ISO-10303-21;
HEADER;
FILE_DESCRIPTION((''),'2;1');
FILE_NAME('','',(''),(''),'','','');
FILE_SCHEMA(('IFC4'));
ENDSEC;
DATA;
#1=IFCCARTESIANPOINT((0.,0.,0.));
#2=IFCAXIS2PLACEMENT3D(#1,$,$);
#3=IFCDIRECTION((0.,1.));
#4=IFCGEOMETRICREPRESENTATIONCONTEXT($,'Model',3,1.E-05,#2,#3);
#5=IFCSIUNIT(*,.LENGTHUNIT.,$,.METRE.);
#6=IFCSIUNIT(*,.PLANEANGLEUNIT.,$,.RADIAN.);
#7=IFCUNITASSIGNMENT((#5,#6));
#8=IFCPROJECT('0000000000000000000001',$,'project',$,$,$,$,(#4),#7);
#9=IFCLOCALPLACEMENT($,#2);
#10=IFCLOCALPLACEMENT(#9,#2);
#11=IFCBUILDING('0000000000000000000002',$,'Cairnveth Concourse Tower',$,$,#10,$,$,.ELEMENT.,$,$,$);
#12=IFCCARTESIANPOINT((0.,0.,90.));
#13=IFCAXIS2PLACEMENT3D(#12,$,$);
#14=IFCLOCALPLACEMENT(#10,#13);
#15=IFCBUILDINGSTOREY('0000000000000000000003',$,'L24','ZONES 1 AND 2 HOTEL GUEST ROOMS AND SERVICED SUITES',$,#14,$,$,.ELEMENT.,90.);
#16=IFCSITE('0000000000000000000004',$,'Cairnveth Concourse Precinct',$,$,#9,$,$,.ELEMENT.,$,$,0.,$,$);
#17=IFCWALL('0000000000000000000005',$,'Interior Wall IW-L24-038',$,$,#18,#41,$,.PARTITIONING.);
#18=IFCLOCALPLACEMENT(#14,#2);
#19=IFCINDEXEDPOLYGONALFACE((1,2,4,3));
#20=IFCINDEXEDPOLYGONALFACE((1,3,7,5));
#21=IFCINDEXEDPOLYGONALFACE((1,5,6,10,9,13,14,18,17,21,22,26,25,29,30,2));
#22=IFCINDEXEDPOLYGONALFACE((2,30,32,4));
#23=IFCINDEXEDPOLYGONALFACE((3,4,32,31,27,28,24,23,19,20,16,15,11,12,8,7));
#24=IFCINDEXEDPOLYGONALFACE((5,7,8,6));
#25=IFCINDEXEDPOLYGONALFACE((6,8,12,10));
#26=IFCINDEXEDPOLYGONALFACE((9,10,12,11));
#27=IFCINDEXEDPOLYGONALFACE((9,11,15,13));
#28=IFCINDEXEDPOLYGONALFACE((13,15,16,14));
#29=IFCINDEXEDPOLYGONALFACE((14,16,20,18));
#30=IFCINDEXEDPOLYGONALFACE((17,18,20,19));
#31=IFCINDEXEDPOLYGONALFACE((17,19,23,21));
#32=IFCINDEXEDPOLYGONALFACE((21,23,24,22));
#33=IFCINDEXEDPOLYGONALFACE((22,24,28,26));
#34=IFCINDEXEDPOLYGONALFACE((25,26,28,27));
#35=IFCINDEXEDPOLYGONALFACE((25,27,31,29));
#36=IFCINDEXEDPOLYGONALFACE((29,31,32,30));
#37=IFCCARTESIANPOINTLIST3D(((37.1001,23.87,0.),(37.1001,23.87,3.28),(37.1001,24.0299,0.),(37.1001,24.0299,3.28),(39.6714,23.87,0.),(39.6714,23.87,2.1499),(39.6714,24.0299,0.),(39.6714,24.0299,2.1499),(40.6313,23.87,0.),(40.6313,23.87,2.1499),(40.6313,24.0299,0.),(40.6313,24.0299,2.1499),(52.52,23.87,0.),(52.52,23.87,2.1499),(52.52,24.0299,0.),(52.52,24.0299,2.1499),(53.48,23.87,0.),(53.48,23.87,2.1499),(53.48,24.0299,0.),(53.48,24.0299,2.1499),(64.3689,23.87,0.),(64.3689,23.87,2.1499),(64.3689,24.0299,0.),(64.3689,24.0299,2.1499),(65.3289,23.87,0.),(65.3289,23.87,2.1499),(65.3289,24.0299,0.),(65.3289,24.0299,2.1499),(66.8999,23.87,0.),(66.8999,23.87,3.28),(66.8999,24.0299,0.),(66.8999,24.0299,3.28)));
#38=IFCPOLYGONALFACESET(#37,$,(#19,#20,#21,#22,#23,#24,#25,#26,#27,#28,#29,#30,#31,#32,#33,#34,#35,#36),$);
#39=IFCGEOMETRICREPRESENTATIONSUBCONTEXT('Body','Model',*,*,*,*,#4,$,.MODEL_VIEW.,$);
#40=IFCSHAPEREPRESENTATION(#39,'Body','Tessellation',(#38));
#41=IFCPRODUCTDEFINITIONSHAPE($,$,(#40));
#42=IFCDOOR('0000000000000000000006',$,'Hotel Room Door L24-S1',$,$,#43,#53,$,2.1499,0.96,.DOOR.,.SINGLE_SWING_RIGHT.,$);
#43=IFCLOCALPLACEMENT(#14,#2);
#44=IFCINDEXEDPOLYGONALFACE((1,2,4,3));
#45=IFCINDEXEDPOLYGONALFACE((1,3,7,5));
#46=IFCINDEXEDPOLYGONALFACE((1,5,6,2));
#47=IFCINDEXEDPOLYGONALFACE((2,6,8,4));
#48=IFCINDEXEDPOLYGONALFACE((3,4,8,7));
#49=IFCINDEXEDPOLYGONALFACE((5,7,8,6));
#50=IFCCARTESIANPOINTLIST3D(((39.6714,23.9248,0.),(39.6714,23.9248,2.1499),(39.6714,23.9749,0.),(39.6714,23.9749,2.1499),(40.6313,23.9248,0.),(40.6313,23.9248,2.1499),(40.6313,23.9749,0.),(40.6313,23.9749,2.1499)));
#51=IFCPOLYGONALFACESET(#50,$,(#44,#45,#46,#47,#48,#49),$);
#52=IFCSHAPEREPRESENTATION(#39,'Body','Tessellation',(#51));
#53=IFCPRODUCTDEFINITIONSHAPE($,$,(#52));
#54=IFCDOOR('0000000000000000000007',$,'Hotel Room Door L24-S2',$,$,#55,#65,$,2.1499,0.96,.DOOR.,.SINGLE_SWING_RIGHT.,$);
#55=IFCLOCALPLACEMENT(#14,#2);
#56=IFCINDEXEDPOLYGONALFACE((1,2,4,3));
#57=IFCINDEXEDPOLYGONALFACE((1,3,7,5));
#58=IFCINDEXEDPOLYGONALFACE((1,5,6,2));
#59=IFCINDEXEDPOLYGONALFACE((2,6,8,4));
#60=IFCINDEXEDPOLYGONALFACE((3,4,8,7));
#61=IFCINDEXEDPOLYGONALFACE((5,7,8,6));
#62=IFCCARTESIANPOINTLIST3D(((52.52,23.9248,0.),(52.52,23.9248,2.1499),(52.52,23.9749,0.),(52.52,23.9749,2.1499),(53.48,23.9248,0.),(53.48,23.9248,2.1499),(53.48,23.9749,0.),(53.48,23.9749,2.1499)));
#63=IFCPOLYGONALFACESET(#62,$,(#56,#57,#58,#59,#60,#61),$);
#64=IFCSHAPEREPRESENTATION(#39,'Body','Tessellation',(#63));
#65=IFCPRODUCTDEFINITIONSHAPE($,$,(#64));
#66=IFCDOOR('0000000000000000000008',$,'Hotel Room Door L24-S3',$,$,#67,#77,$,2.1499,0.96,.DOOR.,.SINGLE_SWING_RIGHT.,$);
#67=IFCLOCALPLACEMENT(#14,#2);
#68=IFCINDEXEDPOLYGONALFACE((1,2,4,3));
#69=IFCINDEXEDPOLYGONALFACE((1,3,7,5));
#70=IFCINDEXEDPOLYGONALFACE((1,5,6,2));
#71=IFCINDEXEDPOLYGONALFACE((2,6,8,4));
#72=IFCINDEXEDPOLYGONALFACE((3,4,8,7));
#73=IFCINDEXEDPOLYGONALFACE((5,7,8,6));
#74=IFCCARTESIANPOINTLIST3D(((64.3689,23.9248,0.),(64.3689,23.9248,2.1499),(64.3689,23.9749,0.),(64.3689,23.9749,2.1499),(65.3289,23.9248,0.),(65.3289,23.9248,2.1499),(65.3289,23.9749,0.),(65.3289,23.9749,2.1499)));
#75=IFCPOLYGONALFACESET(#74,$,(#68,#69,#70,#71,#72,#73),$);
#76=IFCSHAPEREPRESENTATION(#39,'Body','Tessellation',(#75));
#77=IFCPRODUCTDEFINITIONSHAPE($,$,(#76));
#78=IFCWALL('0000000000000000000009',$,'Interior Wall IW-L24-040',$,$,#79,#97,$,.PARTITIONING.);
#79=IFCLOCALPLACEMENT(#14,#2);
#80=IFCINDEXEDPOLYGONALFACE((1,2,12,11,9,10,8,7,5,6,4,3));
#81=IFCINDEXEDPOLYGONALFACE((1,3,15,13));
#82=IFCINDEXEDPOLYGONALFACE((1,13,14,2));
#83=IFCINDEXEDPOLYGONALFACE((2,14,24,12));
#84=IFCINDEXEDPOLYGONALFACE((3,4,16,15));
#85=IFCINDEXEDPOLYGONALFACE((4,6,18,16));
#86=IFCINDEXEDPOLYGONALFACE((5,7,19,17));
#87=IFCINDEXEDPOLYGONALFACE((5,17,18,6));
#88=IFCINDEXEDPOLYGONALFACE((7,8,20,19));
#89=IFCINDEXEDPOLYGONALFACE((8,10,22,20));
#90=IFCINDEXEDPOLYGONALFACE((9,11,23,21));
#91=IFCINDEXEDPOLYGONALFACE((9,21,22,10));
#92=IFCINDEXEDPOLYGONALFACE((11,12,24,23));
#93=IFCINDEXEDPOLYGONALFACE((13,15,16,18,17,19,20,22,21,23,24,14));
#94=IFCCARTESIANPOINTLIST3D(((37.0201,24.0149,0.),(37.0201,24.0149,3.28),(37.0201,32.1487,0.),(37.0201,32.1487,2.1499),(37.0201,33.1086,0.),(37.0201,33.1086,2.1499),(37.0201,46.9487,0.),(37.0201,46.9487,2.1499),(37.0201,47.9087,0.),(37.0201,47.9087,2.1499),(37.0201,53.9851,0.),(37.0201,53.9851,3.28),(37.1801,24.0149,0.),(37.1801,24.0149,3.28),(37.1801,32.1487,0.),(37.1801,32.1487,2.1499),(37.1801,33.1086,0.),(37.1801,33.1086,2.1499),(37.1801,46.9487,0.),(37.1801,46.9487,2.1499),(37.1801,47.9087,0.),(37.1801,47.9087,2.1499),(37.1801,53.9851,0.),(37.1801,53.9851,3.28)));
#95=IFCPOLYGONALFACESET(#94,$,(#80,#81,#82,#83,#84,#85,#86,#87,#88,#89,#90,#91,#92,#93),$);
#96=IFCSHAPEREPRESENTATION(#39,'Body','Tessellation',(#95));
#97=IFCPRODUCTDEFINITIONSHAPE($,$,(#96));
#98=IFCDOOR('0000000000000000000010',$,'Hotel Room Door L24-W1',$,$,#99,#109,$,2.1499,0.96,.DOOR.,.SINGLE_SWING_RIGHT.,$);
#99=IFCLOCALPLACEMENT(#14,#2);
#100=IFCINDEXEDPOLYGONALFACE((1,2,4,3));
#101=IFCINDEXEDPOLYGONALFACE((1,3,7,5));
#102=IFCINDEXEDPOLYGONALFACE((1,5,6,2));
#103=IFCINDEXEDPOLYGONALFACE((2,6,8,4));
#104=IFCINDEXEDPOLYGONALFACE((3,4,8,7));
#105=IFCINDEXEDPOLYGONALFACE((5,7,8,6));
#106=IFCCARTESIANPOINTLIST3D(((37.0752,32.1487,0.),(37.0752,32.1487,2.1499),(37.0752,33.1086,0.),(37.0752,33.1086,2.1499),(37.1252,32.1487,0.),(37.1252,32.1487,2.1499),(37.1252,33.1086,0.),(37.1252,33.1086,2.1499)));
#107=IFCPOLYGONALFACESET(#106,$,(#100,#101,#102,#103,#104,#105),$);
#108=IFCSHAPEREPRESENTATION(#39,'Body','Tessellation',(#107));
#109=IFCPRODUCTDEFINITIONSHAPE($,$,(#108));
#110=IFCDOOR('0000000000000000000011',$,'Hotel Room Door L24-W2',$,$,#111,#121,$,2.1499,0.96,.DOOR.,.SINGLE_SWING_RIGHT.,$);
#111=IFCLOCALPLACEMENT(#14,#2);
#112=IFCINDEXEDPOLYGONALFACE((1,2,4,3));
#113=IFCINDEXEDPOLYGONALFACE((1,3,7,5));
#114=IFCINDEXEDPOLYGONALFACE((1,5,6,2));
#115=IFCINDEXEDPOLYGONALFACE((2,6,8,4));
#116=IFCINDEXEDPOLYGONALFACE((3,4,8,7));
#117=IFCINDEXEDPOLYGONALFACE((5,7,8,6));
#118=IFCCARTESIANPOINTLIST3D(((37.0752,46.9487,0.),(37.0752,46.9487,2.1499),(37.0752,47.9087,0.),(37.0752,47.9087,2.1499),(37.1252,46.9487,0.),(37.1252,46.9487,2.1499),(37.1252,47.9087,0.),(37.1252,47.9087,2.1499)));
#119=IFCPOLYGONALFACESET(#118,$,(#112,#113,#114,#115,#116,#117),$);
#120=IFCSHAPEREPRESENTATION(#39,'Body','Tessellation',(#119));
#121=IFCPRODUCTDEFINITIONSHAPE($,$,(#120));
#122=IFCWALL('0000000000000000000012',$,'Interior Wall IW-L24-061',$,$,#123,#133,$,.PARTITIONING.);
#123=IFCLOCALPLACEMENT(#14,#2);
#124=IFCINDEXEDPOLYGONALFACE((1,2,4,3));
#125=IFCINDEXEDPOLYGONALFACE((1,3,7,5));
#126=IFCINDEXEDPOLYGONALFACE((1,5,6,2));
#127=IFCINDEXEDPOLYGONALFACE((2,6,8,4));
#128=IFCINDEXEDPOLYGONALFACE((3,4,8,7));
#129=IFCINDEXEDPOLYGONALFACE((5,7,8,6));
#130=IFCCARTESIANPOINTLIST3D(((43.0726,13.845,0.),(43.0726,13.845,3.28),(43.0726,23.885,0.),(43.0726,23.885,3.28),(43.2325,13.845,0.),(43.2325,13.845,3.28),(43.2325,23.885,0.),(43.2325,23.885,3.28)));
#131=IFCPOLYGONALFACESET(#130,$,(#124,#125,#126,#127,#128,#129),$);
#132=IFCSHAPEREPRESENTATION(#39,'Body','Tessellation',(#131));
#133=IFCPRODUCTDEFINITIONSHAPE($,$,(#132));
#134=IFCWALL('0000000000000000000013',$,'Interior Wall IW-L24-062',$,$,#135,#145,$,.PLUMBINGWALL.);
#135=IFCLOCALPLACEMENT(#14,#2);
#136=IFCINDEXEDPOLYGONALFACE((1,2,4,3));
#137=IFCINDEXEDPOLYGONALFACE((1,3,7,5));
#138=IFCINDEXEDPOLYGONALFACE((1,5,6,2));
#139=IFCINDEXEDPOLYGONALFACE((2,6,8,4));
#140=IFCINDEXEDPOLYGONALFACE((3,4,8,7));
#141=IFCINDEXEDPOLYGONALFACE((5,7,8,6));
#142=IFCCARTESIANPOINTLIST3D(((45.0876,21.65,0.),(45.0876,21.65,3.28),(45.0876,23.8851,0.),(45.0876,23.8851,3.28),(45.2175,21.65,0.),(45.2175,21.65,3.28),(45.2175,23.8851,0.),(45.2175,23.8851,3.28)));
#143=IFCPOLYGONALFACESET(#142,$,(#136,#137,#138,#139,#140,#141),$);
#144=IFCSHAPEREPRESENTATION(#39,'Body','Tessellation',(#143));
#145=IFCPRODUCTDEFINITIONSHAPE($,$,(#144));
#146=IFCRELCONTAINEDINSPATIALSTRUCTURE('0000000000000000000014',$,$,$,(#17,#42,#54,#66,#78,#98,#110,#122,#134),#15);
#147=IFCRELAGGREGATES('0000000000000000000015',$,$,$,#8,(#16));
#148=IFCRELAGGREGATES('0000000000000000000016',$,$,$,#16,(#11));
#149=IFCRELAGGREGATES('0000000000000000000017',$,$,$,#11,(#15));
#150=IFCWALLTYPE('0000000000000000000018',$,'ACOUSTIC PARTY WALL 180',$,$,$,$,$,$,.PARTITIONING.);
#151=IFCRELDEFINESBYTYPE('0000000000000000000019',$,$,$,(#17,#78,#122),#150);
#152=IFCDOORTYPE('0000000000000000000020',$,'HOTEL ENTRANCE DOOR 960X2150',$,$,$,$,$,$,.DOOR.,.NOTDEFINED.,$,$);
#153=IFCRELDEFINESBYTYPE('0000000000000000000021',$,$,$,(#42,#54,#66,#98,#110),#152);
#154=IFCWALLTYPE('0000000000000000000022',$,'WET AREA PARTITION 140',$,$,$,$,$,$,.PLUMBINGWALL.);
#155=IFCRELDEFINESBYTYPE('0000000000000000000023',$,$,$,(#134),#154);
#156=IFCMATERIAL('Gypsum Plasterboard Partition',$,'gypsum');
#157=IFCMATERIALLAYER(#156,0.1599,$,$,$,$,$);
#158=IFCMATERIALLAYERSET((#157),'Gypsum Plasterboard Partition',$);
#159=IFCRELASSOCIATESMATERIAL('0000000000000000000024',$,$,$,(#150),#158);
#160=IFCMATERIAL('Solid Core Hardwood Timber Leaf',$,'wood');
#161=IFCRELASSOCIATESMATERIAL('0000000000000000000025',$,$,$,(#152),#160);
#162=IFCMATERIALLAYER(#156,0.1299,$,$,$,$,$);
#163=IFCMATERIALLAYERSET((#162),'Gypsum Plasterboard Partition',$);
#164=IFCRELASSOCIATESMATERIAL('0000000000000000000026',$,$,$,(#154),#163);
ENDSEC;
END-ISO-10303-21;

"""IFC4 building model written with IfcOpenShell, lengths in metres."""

from ifc_helpers import new_model, si_unit, direction, frame, frame_2d, origin, place, context, subcontext, project, spatial, rectangle, extrude, material, layer, layer_set, type_object, element, fill, save


model = new_model("IFC4")

# Units and contexts
model_context = context("Model", 3, precision=1e-05, world=origin(), true_north=direction((0.0, 1.0)))
body_context = subcontext(model_context, "Body", "Model", "MODEL_VIEW")
ifc_project = project(units=[si_unit("LENGTHUNIT", "METRE"), si_unit("PLANEANGLEUNIT", "RADIAN")], contexts=[model_context])

# Site, building, storey
site_placement = place(None, origin())
site = spatial("IfcSite", under=ifc_project, at=site_placement, Name="Cairnveth Concourse Precinct", CompositionType="ELEMENT", RefElevation=0.0)
building_placement = place(site_placement, origin())
building = spatial("IfcBuilding", under=site, at=building_placement, Name="Cairnveth Concourse Tower", CompositionType="ELEMENT")
storey_placement = place(building_placement, frame((0.0, 0.0, 90.0)))
storey = spatial("IfcBuildingStorey", under=building, at=storey_placement, Name="L24", Description="ZONES 1 AND 2 HOTEL GUEST ROOMS AND SERVICED SUITES", CompositionType="ELEMENT", Elevation=90.0)

# Walls, openings, doors
ifc_material_1 = material(Name="Gypsum Plasterboard Partition", Category="gypsum")
ifc_layer_1 = layer(ifc_material_1, 0.1599)
ifc_layer_set_1 = layer_set([ifc_layer_1], Name="Gypsum Plasterboard Partition")
wall_type_1 = type_object("IfcWallType", Name="ACOUSTIC PARTY WALL 180", PredefinedType="PARTITIONING", material=ifc_layer_set_1)
wall_1_placement = place(storey_placement, frame((37.1001, 23.95, 0.0), z_axis=(0.0, 0.0, 1.0), x_axis=(1.0, 0.0, 0.0)))
wall_1 = element("IfcWall", 1, at=wall_1_placement, inside=storey, type_object=wall_type_1, Name="Interior Wall IW-L24-038", PredefinedType="PARTITIONING", context=body_context, shape_type="SweptSolid", body=[
    extrude(rectangle(XDim=29.7998, YDim=0.1599, at=frame_2d((14.8999, 0.0))), origin(), (0.0, 0.0, 1.0), 3.28),
])
opening_1_placement = place(wall_1_placement, frame((2.5713, 0.0, 0.0)))
opening_1 = element("IfcOpeningElement", 2, at=opening_1_placement, cuts=wall_1, PredefinedType="OPENING", context=body_context, shape_type="SweptSolid", body=[
    extrude(rectangle(XDim=0.96, YDim=2.1499, at=frame_2d((0.48, 1.075))), frame((0.0, 0.0898, 0.0), z_axis=(0.0, -1.0, 0.0), x_axis=(1.0, 0.0, 0.0)), (0.0, 0.0, 1.0), 0.1799),
])
opening_2_placement = place(wall_1_placement, frame((15.4199, 0.0, 0.0)))
opening_2 = element("IfcOpeningElement", 3, at=opening_2_placement, cuts=wall_1, PredefinedType="OPENING", context=body_context, shape_type="SweptSolid", body=[
    extrude(rectangle(XDim=0.96, YDim=2.1499, at=frame_2d((0.48, 1.075))), frame((0.0, 0.0898, 0.0), z_axis=(0.0, -1.0, 0.0), x_axis=(1.0, 0.0, 0.0)), (0.0, 0.0, 1.0), 0.1799),
])
opening_3_placement = place(wall_1_placement, frame((27.2688, 0.0, 0.0)))
opening_3 = element("IfcOpeningElement", 4, at=opening_3_placement, cuts=wall_1, PredefinedType="OPENING", context=body_context, shape_type="SweptSolid", body=[
    extrude(rectangle(XDim=0.96, YDim=2.1499, at=frame_2d((0.48, 1.075))), frame((0.0, 0.0898, 0.0), z_axis=(0.0, -1.0, 0.0), x_axis=(1.0, 0.0, 0.0)), (0.0, 0.0, 1.0), 0.1799),
])
ifc_material_2 = material(Name="Solid Core Hardwood Timber Leaf", Category="wood")
door_type_1 = type_object("IfcDoorType", Name="HOTEL ENTRANCE DOOR 960X2150", OperationType="NOTDEFINED", PredefinedType="DOOR", material=ifc_material_2)
door_1_placement = place(opening_1_placement, origin())
door_1 = element("IfcDoor", 5, at=door_1_placement, inside=storey, type_object=door_type_1, Name="Hotel Room Door L24-S1", OperationType="SINGLE_SWING_RIGHT", OverallHeight=2.1499, OverallWidth=0.96, PredefinedType="DOOR", context=body_context, shape_type="SweptSolid", body=[
    extrude(rectangle(XDim=0.96, YDim=2.1499, at=frame_2d((0.48, 1.075))), frame((0.0, 0.0249, 0.0), z_axis=(0.0, -1.0, 0.0), x_axis=(1.0, 0.0, 0.0)), (0.0, 0.0, 1.0), 0.05),
])
fill(opening_1, door_1)
door_2_placement = place(opening_2_placement, origin())
door_2 = element("IfcDoor", 6, at=door_2_placement, inside=storey, type_object=door_type_1, Name="Hotel Room Door L24-S2", OperationType="SINGLE_SWING_RIGHT", OverallHeight=2.1499, OverallWidth=0.96, PredefinedType="DOOR", context=body_context, shape_type="SweptSolid", body=[
    extrude(rectangle(XDim=0.96, YDim=2.1499, at=frame_2d((0.48, 1.075))), frame((0.0, 0.0249, 0.0), z_axis=(0.0, -1.0, 0.0), x_axis=(1.0, 0.0, 0.0)), (0.0, 0.0, 1.0), 0.05),
])
fill(opening_2, door_2)
door_3_placement = place(opening_3_placement, origin())
door_3 = element("IfcDoor", 7, at=door_3_placement, inside=storey, type_object=door_type_1, Name="Hotel Room Door L24-S3", OperationType="SINGLE_SWING_RIGHT", OverallHeight=2.1499, OverallWidth=0.96, PredefinedType="DOOR", context=body_context, shape_type="SweptSolid", body=[
    extrude(rectangle(XDim=0.96, YDim=2.1499, at=frame_2d((0.48, 1.075))), frame((0.0, 0.0249, 0.0), z_axis=(0.0, -1.0, 0.0), x_axis=(1.0, 0.0, 0.0)), (0.0, 0.0, 1.0), 0.05),
])
fill(opening_3, door_3)
wall_2_placement = place(storey_placement, frame((37.1001, 24.0149, 0.0), z_axis=(0.0, 0.0, 1.0), x_axis=(0.0, 1.0, 0.0)))
wall_2 = element("IfcWall", 8, at=wall_2_placement, inside=storey, type_object=wall_type_1, Name="Interior Wall IW-L24-040", PredefinedType="PARTITIONING", context=body_context, shape_type="SweptSolid", body=[
    extrude(rectangle(XDim=29.9702, YDim=0.1599, at=frame_2d((14.9851, 0.0))), origin(), (0.0, 0.0, 1.0), 3.28),
])
opening_4_placement = place(wall_2_placement, frame((8.1338, 0.0, 0.0)))
opening_4 = element("IfcOpeningElement", 9, at=opening_4_placement, cuts=wall_2, PredefinedType="OPENING", context=body_context, shape_type="SweptSolid", body=[
    extrude(rectangle(XDim=0.96, YDim=2.1499, at=frame_2d((0.48, 1.075))), frame((0.0, 0.0898, 0.0), z_axis=(0.0, -1.0, 0.0), x_axis=(1.0, 0.0, 0.0)), (0.0, 0.0, 1.0), 0.1799),
])
opening_5_placement = place(wall_2_placement, frame((22.9338, 0.0, 0.0)))
opening_5 = element("IfcOpeningElement", 10, at=opening_5_placement, cuts=wall_2, PredefinedType="OPENING", context=body_context, shape_type="SweptSolid", body=[
    extrude(rectangle(XDim=0.96, YDim=2.1499, at=frame_2d((0.48, 1.075))), frame((0.0, 0.0898, 0.0), z_axis=(0.0, -1.0, 0.0), x_axis=(1.0, 0.0, 0.0)), (0.0, 0.0, 1.0), 0.1799),
])
door_4_placement = place(opening_4_placement, origin())
door_4 = element("IfcDoor", 11, at=door_4_placement, inside=storey, type_object=door_type_1, Name="Hotel Room Door L24-W1", OperationType="SINGLE_SWING_RIGHT", OverallHeight=2.1499, OverallWidth=0.96, PredefinedType="DOOR", context=body_context, shape_type="SweptSolid", body=[
    extrude(rectangle(XDim=0.96, YDim=2.1499, at=frame_2d((0.48, 1.075))), frame((0.0, 0.0249, 0.0), z_axis=(0.0, -1.0, 0.0), x_axis=(1.0, 0.0, 0.0)), (0.0, 0.0, 1.0), 0.05),
])
fill(opening_4, door_4)
door_5_placement = place(opening_5_placement, origin())
door_5 = element("IfcDoor", 12, at=door_5_placement, inside=storey, type_object=door_type_1, Name="Hotel Room Door L24-W2", OperationType="SINGLE_SWING_RIGHT", OverallHeight=2.1499, OverallWidth=0.96, PredefinedType="DOOR", context=body_context, shape_type="SweptSolid", body=[
    extrude(rectangle(XDim=0.96, YDim=2.1499, at=frame_2d((0.48, 1.075))), frame((0.0, 0.0249, 0.0), z_axis=(0.0, -1.0, 0.0), x_axis=(1.0, 0.0, 0.0)), (0.0, 0.0, 1.0), 0.05),
])
fill(opening_5, door_5)

# Walls
wall_3_placement = place(storey_placement, frame((43.1526, 13.845, 0.0), z_axis=(0.0, 0.0, 1.0), x_axis=(0.0, 1.0, 0.0)))
element("IfcWall", 13, at=wall_3_placement, inside=storey, type_object=wall_type_1, Name="Interior Wall IW-L24-061", PredefinedType="PARTITIONING", context=body_context, shape_type="SweptSolid", body=[
    extrude(rectangle(XDim=10.04, YDim=0.1599, at=frame_2d((5.02, 0.0))), origin(), (0.0, 0.0, 1.0), 3.28),
])
ifc_layer_2 = layer(ifc_material_1, 0.1299)
ifc_layer_set_2 = layer_set([ifc_layer_2], Name="Gypsum Plasterboard Partition")
wall_type_2 = type_object("IfcWallType", Name="WET AREA PARTITION 140", PredefinedType="PLUMBINGWALL", material=ifc_layer_set_2)
wall_4_placement = place(storey_placement, frame((45.1526, 21.6499, 0.0), z_axis=(0.0, 0.0, 1.0), x_axis=(0.0, 1.0, 0.0)))
element("IfcWall", 14, at=wall_4_placement, inside=storey, type_object=wall_type_2, Name="Interior Wall IW-L24-062", PredefinedType="PLUMBINGWALL", context=body_context, shape_type="SweptSolid", body=[
    extrude(rectangle(XDim=2.2351, YDim=0.1299, at=frame_2d((1.1177, 0.0))), origin(), (0.0, 0.0, 1.0), 3.28),
])

save(model, "model.ifc")
